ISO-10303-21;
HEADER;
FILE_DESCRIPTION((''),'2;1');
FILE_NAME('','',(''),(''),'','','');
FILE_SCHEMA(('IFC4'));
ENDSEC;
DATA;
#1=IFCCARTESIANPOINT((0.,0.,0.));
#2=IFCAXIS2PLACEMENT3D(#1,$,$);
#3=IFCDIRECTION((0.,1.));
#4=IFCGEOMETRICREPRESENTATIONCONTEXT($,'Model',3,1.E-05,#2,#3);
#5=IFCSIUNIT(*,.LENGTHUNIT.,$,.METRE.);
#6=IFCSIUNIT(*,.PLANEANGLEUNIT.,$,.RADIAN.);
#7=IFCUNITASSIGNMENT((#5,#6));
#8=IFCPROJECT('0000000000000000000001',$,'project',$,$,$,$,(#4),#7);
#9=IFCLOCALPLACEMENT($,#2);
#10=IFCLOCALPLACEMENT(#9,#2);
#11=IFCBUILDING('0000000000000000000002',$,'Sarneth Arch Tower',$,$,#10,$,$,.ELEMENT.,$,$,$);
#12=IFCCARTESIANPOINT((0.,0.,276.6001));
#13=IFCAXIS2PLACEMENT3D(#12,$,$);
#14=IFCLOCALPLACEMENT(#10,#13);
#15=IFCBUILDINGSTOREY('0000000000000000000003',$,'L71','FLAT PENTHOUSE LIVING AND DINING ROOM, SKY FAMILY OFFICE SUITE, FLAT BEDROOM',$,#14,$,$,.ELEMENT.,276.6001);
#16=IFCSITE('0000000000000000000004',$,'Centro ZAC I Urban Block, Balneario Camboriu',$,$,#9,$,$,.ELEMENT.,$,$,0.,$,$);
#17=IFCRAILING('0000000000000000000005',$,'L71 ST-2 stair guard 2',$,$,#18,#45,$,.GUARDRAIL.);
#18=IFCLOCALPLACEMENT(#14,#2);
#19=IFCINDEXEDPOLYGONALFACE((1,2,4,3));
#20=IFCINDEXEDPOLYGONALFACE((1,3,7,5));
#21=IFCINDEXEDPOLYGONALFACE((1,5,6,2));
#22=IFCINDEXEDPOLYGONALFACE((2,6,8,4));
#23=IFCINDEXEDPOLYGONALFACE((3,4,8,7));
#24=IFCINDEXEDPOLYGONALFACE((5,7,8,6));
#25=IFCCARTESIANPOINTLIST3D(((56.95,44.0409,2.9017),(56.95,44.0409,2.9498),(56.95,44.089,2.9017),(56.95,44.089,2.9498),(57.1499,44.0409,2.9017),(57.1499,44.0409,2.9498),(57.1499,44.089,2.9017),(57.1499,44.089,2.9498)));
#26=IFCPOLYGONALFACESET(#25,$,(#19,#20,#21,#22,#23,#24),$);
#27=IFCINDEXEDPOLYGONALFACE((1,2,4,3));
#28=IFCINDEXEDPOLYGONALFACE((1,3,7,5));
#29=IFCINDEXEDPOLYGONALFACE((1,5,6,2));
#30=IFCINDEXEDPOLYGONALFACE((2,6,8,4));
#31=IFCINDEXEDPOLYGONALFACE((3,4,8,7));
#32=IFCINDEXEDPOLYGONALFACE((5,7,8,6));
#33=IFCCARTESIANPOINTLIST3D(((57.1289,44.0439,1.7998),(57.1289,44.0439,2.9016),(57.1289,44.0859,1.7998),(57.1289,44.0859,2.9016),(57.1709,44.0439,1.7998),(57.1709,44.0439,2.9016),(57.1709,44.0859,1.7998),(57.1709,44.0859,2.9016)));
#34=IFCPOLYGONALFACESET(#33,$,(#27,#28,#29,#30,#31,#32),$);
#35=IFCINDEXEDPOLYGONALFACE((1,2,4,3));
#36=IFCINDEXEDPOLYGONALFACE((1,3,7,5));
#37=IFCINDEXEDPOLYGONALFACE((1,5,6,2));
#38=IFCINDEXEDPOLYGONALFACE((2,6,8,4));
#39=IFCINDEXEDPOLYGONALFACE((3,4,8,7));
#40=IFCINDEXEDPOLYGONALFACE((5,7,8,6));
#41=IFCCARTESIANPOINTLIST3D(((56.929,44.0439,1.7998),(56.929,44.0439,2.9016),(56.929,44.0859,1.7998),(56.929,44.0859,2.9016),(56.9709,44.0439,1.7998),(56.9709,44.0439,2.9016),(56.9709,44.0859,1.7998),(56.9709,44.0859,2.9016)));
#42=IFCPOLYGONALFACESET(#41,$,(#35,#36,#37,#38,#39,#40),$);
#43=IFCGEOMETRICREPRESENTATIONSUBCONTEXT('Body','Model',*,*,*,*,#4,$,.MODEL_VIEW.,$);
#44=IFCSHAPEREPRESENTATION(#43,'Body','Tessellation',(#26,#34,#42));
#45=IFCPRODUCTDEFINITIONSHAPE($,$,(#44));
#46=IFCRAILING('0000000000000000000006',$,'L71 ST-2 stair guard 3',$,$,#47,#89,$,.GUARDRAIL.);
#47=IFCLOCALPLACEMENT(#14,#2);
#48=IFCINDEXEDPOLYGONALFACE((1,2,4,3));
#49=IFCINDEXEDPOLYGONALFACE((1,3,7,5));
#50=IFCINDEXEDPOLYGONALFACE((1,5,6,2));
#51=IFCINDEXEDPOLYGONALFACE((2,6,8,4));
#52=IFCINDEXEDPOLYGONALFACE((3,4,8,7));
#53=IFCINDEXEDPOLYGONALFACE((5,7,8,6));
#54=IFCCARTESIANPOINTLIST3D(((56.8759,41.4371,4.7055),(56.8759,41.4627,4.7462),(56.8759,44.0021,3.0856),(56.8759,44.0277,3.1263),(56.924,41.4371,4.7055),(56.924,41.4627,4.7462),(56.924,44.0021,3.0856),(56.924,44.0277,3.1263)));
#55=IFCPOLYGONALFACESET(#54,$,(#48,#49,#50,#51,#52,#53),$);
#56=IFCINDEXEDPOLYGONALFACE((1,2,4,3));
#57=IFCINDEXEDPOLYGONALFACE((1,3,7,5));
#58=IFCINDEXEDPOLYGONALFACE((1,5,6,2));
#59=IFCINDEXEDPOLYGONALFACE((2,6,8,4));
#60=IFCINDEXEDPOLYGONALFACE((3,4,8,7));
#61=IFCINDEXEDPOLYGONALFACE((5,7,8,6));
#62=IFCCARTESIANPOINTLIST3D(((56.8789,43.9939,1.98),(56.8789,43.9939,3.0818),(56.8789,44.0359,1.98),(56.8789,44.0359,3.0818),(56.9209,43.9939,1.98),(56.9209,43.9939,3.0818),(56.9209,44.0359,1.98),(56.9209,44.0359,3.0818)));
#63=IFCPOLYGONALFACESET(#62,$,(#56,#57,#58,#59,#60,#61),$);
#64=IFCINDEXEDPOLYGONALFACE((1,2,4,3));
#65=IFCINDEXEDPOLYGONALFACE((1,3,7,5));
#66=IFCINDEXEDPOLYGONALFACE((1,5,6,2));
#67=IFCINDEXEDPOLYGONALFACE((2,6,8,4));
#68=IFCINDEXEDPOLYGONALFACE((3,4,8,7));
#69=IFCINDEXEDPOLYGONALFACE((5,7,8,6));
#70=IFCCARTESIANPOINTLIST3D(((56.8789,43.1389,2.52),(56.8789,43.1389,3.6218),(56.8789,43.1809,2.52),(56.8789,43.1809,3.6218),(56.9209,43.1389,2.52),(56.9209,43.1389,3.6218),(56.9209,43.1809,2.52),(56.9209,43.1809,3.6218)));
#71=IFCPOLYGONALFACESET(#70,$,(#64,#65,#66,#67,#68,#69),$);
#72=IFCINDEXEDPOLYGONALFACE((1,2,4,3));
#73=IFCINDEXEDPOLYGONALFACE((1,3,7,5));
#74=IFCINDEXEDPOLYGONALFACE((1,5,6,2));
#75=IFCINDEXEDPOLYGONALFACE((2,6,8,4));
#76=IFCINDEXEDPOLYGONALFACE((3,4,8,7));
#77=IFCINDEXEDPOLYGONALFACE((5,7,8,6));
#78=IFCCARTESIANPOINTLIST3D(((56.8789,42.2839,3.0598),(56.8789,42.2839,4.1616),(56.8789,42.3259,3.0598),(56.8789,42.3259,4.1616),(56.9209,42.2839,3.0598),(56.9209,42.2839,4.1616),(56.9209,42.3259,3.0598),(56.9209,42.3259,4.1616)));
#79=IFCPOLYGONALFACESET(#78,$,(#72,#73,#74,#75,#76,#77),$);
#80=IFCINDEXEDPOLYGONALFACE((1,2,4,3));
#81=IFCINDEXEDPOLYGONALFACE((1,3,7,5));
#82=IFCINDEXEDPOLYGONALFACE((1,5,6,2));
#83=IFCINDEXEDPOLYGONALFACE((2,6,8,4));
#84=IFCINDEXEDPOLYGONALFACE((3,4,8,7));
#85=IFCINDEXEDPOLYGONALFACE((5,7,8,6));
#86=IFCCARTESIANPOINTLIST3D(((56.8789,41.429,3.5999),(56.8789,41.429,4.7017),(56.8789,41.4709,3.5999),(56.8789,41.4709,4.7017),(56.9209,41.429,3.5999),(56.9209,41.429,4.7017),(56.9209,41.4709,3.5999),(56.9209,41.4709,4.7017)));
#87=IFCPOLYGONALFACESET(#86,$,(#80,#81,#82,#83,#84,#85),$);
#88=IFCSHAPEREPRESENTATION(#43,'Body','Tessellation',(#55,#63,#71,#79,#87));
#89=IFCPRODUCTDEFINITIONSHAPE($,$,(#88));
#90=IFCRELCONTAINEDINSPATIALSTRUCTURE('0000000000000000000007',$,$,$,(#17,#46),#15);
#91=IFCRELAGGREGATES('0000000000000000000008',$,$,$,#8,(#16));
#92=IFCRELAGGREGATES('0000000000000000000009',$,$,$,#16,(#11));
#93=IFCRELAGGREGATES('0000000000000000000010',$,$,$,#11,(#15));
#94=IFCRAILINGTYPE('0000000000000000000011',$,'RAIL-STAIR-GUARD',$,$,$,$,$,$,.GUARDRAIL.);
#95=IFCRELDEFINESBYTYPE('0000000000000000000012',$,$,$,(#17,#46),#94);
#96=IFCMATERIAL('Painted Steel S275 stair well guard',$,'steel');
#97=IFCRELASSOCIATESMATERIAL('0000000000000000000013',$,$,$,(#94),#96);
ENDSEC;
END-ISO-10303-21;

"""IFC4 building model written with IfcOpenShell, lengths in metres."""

from ifc_helpers import new_model, si_unit, direction, frame, origin, origin_2d, place, context, subcontext, project, spatial, rectangle, extrude, material, type_object, element, save


model = new_model("IFC4")

# Units and contexts
model_context = context("Model", 3, precision=1e-05, world=origin(), true_north=direction((0.0, 1.0)))
body_context = subcontext(model_context, "Body", "Model", "MODEL_VIEW")
ifc_project = project(units=[si_unit("LENGTHUNIT", "METRE"), si_unit("PLANEANGLEUNIT", "RADIAN")], contexts=[model_context])

# Site, building, storey
site_placement = place(None, origin())
site = spatial("IfcSite", under=ifc_project, at=site_placement, Name="Centro ZAC I Urban Block, Balneario Camboriu", CompositionType="ELEMENT", RefElevation=0.0)
building_placement = place(site_placement, origin())
building = spatial("IfcBuilding", under=site, at=building_placement, Name="Sarneth Arch Tower", CompositionType="ELEMENT")
storey_placement = place(building_placement, frame((0.0, 0.0, 276.6001)))
storey = spatial("IfcBuildingStorey", under=building, at=storey_placement, Name="L71", Description="FLAT PENTHOUSE LIVING AND DINING ROOM, SKY FAMILY OFFICE SUITE, FLAT BEDROOM", CompositionType="ELEMENT", Elevation=276.6001)

# Railings
ifc_material_1 = material(Name="Painted Steel S275 stair well guard", Category="steel")
railing_type_1 = type_object("IfcRailingType", Name="RAIL-STAIR-GUARD", PredefinedType="GUARDRAIL", material=ifc_material_1)
railing_1_placement = place(storey_placement, frame((57.1499, 44.0649, 1.7998)))
element("IfcRailing", 1, at=railing_1_placement, inside=storey, type_object=railing_type_1, Name="L71 ST-2 stair guard 2", PredefinedType="GUARDRAIL", context=body_context, shape_type="SweptSolid", body=[
    extrude(rectangle(XDim=0.0481, YDim=0.0481, at=origin_2d()), frame((0.0, 0.0, 1.126), z_axis=(-1.0, 0.0, 0.0), x_axis=(0.0, -1.0, 0.0)), (0.0, 0.0, 1.0), 0.2),
    extrude(rectangle(XDim=0.042, YDim=0.042, at=origin_2d()), origin(), (0.0, 0.0, 1.0), 1.1018),
    extrude(rectangle(XDim=0.042, YDim=0.042, at=origin_2d()), frame((-0.2, 0.0, 0.0)), (0.0, 0.0, 1.0), 1.1018),
])
railing_2_placement = place(storey_placement, frame((56.8999, 44.0149, 1.98)))
element("IfcRailing", 2, at=railing_2_placement, inside=storey, type_object=railing_type_1, Name="L71 ST-2 stair guard 3", PredefinedType="GUARDRAIL", context=body_context, shape_type="SweptSolid", body=[
    extrude(rectangle(XDim=0.0481, YDim=0.0481, at=origin_2d()), frame((0.0, 0.0, 1.126), z_axis=(0.0, -0.845502, 0.533972), x_axis=(1.0, 0.0, 0.0)), (0.0, 0.0, 1.0), 3.0337),
    extrude(rectangle(XDim=0.042, YDim=0.042, at=origin_2d()), origin(), (0.0, 0.0, 1.0), 1.1018),
    extrude(rectangle(XDim=0.042, YDim=0.042, at=origin_2d()), frame((0.0, -0.855, 0.54)), (0.0, 0.0, 1.0), 1.1018),
    extrude(rectangle(XDim=0.042, YDim=0.042, at=origin_2d()), frame((0.0, -1.71, 1.0798)), (0.0, 0.0, 1.0), 1.1018),
    extrude(rectangle(XDim=0.042, YDim=0.042, at=origin_2d()), frame((0.0, -2.5649, 1.6199)), (0.0, 0.0, 1.0), 1.1018),
])

save(model, "model.ifc")
